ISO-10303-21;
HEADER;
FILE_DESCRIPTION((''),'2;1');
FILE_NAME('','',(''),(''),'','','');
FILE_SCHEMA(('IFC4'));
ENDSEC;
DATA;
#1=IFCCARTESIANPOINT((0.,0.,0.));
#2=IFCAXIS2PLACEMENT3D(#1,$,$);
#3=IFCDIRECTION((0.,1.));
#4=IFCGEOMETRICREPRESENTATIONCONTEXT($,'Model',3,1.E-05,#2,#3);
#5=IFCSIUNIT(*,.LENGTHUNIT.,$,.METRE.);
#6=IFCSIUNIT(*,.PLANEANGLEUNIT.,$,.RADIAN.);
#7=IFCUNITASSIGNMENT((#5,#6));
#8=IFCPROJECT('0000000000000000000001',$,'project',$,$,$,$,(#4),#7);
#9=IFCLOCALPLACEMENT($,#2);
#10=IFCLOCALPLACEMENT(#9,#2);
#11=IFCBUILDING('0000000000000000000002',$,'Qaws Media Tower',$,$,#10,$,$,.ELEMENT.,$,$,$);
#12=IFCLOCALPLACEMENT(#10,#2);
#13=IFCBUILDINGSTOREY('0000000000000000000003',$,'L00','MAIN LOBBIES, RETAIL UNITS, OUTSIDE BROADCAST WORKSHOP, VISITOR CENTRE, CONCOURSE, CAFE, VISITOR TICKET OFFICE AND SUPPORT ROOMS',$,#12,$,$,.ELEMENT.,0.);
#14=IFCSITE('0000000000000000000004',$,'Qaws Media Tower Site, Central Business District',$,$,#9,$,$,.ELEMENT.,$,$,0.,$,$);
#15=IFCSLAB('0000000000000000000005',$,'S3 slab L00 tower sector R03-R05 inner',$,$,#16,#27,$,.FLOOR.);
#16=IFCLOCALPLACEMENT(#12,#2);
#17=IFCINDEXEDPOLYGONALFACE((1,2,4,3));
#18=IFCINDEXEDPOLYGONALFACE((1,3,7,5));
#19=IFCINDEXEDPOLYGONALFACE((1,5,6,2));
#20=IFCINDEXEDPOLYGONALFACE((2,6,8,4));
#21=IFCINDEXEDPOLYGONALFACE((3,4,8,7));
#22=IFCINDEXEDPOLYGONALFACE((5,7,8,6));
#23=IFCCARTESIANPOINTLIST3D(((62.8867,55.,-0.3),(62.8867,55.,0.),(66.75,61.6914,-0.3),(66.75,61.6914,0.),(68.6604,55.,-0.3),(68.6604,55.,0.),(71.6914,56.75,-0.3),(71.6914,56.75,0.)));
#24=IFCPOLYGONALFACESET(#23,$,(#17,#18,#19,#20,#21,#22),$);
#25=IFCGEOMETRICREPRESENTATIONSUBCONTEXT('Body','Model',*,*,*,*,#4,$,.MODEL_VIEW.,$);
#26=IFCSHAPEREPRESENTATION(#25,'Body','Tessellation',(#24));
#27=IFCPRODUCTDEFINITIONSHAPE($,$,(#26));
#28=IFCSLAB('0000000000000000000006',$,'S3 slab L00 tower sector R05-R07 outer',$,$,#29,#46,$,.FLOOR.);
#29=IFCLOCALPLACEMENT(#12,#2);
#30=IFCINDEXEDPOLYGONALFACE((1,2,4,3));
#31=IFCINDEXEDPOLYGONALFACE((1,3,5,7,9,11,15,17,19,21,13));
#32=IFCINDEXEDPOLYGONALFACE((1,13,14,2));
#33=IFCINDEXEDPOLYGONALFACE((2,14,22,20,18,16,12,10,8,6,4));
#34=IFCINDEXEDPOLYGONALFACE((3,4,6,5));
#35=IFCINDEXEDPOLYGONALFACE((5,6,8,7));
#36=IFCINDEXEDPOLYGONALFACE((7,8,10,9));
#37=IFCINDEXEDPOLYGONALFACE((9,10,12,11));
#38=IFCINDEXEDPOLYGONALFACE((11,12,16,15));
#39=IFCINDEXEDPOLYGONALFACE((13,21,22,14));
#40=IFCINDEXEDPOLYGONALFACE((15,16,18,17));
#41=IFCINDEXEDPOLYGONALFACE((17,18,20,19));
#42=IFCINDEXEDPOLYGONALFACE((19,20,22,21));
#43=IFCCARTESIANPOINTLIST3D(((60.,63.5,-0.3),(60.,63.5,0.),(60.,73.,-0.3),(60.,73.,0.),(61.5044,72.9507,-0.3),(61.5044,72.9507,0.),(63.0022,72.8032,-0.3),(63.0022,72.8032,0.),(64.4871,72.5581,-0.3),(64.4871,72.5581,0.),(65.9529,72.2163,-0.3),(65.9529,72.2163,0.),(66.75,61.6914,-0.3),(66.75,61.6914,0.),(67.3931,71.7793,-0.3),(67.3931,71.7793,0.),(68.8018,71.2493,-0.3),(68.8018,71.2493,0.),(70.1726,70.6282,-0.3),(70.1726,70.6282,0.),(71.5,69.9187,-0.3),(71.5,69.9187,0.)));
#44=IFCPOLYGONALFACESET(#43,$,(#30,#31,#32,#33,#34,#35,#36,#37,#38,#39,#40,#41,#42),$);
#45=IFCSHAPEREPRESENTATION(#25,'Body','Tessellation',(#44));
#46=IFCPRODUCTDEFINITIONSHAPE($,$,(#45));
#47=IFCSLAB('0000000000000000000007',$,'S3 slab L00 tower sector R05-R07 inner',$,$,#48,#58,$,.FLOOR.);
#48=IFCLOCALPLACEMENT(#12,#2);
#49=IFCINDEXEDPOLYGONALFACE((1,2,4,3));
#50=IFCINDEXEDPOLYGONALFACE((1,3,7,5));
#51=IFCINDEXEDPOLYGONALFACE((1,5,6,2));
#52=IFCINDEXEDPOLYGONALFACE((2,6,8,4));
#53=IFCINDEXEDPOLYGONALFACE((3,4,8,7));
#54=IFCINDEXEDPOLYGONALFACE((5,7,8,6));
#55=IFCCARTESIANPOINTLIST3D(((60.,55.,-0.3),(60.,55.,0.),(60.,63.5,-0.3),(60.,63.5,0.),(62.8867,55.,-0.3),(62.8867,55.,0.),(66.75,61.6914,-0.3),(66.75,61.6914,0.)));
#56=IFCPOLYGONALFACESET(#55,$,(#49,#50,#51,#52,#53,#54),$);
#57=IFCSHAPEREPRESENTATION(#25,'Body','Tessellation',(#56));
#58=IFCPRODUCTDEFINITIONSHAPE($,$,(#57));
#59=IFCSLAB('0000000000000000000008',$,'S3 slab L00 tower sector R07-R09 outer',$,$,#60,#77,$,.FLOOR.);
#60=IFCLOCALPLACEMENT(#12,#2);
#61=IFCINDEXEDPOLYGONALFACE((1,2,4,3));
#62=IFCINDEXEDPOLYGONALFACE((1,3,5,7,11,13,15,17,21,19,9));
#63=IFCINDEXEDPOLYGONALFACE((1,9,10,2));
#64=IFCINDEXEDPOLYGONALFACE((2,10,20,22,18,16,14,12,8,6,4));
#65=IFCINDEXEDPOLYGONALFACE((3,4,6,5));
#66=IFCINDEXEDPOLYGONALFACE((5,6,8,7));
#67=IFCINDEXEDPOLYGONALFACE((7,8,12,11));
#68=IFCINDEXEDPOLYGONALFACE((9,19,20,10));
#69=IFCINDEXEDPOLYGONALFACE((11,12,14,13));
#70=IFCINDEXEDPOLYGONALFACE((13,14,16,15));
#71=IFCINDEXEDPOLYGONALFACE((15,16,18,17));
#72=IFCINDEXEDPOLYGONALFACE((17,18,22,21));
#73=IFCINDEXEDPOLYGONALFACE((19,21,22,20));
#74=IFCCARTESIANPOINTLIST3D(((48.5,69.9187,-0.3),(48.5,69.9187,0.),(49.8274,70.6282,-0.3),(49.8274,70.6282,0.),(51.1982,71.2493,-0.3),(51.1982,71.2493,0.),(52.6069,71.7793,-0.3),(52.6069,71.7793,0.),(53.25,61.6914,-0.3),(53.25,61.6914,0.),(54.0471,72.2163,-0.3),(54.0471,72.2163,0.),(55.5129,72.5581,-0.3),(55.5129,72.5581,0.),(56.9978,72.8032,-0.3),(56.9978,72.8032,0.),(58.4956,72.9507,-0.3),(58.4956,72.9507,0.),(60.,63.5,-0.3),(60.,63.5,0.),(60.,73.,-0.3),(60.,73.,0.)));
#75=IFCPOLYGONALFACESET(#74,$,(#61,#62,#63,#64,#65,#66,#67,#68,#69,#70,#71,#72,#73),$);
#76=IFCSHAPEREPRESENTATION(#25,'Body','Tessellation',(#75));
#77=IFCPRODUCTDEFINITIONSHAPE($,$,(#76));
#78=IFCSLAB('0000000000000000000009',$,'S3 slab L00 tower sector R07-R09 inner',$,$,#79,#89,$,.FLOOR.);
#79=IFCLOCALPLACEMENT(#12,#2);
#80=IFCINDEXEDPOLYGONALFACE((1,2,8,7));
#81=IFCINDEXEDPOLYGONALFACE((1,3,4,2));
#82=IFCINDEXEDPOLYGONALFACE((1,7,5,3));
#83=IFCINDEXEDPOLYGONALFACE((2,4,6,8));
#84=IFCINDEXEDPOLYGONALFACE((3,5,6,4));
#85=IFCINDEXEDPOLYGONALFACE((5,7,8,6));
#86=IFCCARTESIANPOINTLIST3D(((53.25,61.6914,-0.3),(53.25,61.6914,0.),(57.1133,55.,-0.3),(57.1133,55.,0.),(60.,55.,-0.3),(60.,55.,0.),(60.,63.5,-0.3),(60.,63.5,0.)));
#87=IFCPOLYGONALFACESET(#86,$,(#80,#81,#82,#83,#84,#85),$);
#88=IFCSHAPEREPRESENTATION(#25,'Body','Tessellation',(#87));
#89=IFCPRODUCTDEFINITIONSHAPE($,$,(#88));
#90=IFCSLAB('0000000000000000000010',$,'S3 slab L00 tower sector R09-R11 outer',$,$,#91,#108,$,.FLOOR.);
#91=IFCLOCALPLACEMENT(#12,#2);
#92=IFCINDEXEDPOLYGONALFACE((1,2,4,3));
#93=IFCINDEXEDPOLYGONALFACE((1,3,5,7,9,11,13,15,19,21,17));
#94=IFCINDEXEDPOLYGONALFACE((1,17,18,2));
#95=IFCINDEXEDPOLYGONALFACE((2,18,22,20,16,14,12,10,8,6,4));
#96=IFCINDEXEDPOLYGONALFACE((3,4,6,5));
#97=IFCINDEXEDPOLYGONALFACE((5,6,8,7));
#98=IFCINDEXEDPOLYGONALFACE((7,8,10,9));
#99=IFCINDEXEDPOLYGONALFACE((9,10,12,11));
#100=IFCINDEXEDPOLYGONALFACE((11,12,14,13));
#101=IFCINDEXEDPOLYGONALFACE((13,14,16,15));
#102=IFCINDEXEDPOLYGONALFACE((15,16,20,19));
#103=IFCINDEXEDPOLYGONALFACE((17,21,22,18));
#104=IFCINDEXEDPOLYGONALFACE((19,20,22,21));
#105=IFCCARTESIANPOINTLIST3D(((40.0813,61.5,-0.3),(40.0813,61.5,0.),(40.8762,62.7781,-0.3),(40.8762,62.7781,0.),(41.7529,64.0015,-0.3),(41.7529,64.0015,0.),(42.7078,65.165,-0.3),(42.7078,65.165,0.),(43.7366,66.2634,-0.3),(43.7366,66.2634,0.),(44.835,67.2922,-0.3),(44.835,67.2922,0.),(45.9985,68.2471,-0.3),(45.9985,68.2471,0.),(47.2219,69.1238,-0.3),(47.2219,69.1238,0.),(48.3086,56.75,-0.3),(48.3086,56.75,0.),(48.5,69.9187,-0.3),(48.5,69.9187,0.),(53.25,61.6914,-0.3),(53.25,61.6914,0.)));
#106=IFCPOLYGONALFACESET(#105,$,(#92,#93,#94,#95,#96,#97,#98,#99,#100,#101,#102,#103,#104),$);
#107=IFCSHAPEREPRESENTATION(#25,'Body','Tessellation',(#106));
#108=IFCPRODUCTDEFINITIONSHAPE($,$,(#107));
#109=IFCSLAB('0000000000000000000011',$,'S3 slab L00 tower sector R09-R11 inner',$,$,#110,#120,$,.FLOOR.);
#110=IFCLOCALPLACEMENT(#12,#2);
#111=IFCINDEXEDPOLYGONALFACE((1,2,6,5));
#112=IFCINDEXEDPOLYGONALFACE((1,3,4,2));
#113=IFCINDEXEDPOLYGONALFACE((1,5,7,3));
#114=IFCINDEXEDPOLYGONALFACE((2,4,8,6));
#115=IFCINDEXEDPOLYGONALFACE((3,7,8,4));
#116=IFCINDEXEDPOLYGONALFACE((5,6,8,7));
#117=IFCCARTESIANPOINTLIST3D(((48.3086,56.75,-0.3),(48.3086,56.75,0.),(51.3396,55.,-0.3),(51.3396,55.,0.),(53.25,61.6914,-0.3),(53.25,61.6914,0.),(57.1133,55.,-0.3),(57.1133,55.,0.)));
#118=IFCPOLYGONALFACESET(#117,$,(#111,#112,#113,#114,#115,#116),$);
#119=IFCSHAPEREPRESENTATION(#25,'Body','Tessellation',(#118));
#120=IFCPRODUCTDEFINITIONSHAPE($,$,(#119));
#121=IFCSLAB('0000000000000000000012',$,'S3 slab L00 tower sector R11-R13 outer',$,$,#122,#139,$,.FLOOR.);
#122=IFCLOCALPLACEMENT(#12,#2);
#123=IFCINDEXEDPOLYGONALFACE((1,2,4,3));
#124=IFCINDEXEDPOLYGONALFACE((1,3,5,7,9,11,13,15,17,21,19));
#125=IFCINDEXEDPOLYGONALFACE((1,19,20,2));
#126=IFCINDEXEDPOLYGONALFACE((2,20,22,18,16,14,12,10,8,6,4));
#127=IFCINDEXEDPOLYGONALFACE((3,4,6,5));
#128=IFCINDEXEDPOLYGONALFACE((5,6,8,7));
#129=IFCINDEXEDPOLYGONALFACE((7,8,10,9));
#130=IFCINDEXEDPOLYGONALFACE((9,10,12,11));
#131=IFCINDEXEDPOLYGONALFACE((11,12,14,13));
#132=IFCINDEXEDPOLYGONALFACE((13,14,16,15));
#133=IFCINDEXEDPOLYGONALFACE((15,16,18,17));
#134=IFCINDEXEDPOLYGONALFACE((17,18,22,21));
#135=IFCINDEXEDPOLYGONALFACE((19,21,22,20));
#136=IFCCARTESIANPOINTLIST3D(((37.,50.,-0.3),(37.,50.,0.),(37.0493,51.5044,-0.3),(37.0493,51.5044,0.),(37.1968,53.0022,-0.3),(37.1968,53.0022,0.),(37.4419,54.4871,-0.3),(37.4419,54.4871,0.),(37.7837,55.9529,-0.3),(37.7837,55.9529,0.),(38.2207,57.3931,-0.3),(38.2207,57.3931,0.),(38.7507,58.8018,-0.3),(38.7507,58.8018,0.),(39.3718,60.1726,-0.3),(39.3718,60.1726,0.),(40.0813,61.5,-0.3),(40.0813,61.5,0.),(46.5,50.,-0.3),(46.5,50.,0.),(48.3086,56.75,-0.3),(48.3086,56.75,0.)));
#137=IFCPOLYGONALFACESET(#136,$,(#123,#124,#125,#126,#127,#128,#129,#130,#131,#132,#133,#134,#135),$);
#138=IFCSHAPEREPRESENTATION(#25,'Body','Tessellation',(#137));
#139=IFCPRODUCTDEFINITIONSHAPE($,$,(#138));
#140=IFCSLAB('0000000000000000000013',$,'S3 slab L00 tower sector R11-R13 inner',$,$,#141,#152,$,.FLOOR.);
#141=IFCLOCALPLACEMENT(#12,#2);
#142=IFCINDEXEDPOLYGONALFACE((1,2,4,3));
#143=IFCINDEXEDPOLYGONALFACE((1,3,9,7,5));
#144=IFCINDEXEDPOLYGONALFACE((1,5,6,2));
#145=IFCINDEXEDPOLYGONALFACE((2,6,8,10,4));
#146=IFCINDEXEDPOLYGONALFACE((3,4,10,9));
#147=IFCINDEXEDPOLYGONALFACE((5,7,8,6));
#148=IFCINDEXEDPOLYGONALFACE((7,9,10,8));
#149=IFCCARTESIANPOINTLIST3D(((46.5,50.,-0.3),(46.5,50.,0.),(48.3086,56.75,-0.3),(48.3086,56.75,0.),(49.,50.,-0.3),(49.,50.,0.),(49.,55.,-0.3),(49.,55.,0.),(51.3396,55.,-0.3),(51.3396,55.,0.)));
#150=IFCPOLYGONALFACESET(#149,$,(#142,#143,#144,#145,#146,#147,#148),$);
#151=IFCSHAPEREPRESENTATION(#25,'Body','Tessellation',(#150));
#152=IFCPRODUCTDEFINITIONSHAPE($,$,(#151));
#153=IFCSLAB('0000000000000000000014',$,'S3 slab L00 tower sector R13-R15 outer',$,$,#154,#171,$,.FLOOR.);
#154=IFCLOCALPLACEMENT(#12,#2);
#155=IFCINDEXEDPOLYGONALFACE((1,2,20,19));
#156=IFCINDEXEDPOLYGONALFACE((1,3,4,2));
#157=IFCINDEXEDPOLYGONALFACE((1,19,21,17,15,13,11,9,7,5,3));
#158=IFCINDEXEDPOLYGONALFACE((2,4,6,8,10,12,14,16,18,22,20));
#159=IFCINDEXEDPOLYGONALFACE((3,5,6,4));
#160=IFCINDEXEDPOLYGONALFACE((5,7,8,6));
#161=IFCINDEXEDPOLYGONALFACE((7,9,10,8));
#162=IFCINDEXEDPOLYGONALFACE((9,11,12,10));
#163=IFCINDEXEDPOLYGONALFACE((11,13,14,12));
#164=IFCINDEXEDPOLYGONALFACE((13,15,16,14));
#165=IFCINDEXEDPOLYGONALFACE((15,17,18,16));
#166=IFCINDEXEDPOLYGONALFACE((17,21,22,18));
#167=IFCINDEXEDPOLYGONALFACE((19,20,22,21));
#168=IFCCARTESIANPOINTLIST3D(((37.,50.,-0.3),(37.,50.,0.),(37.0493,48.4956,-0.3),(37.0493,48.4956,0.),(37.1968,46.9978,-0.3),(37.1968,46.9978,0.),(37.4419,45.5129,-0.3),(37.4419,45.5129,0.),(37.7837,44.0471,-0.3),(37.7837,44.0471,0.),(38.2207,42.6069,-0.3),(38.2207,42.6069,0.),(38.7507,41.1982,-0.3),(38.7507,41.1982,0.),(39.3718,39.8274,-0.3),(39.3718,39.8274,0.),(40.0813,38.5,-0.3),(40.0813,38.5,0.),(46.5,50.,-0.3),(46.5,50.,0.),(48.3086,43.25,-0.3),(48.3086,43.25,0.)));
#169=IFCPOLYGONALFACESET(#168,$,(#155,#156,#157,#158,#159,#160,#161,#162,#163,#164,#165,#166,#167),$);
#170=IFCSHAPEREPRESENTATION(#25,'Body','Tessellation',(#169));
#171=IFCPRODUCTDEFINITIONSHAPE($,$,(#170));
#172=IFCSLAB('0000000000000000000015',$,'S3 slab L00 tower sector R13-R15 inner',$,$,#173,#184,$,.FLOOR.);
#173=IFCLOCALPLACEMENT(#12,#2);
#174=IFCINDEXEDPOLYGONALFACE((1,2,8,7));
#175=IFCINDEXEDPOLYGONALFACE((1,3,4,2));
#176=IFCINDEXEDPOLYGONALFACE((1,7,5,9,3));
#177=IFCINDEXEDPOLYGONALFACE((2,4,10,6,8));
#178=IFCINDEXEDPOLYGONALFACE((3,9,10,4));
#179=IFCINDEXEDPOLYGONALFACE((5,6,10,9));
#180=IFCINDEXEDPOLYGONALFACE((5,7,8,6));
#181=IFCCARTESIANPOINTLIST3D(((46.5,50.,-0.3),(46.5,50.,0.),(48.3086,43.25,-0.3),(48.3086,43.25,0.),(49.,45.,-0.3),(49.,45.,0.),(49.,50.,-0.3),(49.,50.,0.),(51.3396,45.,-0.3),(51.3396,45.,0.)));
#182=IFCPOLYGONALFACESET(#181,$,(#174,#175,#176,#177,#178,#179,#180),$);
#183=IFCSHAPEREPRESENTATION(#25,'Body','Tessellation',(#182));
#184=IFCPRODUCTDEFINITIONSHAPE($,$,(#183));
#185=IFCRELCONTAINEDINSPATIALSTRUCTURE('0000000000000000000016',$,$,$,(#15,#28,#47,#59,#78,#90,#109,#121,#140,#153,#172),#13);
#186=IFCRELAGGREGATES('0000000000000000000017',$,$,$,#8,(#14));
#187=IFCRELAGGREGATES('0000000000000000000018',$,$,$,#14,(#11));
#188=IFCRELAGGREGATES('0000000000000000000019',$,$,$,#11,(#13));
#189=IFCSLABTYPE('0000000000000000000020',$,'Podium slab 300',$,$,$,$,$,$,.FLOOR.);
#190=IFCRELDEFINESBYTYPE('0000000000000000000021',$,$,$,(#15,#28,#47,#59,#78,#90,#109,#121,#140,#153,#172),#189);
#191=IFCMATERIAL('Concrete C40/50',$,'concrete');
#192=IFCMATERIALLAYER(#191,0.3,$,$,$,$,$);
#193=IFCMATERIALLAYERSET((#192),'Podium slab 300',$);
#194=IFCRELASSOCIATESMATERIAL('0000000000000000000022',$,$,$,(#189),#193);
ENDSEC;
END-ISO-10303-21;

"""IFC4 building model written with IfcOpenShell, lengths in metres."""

from ifc_helpers import new_model, si_unit, direction, frame, origin, place, context, subcontext, project, spatial, polyline, outline, extrude, material, layer, layer_set, type_object, element, save


model = new_model("IFC4")

# Units and contexts
model_context = context("Model", 3, precision=1e-05, world=origin(), true_north=direction((0.0, 1.0)))
body_context = subcontext(model_context, "Body", "Model", "MODEL_VIEW")
ifc_project = project(units=[si_unit("LENGTHUNIT", "METRE"), si_unit("PLANEANGLEUNIT", "RADIAN")], contexts=[model_context])

# Site, building, storey
site_placement = place(None, origin())
site = spatial("IfcSite", under=ifc_project, at=site_placement, Name="Qaws Media Tower Site, Central Business District", CompositionType="ELEMENT", RefElevation=0.0)
building_placement = place(site_placement, origin())
building = spatial("IfcBuilding", under=site, at=building_placement, Name="Qaws Media Tower", CompositionType="ELEMENT")
storey_placement = place(building_placement, origin())
storey = spatial("IfcBuildingStorey", under=building, at=storey_placement, Name="L00", Description="MAIN LOBBIES, RETAIL UNITS, OUTSIDE BROADCAST WORKSHOP, VISITOR CENTRE, CONCOURSE, CAFE, VISITOR TICKET OFFICE AND SUPPORT ROOMS", CompositionType="ELEMENT", Elevation=0.0)

# Slabs
ifc_material_1 = material(Name="Concrete C40/50", Category="concrete")
ifc_layer_1 = layer(ifc_material_1, 0.3)
ifc_layer_set_1 = layer_set([ifc_layer_1], Name="Podium slab 300")
slab_type = type_object("IfcSlabType", Name="Podium slab 300", PredefinedType="FLOOR", material=ifc_layer_set_1)
slab_1_placement = place(storey_placement, frame((0.0, 0.0, -0.3)))
element("IfcSlab", 1, at=slab_1_placement, inside=storey, type_object=slab_type, Name="S3 slab L00 tower sector R03-R05 inner", PredefinedType="FLOOR", context=body_context, shape_type="SweptSolid", body=[
    extrude(outline(polyline([(68.6604, 55.0), (62.8867, 55.0), (66.75, 61.6914), (71.6914, 56.75), (68.6604, 55.0)])), origin(), (0.0, 0.0, 1.0), 0.3),
])
slab_2_placement = place(storey_placement, frame((0.0, 0.0, -0.3)))
element("IfcSlab", 2, at=slab_2_placement, inside=storey, type_object=slab_type, Name="S3 slab L00 tower sector R05-R07 outer", PredefinedType="FLOOR", context=body_context, shape_type="SweptSolid", body=[
    extrude(outline(polyline([(68.8018, 71.2493), (70.1726, 70.6282), (71.5, 69.9187), (66.75, 61.6914), (60.0, 63.5), (60.0, 73.0), (61.5044, 72.9507), (63.0022, 72.8032), (64.4871, 72.5581), (65.9529, 72.2163), (67.3931, 71.7793), (68.8018, 71.2493)])), origin(), (0.0, 0.0, 1.0), 0.3),
])
slab_3_placement = place(storey_placement, frame((0.0, 0.0, -0.3)))
element("IfcSlab", 3, at=slab_3_placement, inside=storey, type_object=slab_type, Name="S3 slab L00 tower sector R05-R07 inner", PredefinedType="FLOOR", context=body_context, shape_type="SweptSolid", body=[
    extrude(outline(polyline([(62.8867, 55.0), (60.0, 55.0), (60.0, 63.5), (66.75, 61.6914), (62.8867, 55.0)])), origin(), (0.0, 0.0, 1.0), 0.3),
])
slab_4_placement = place(storey_placement, frame((0.0, 0.0, -0.3)))
element("IfcSlab", 4, at=slab_4_placement, inside=storey, type_object=slab_type, Name="S3 slab L00 tower sector R07-R09 outer", PredefinedType="FLOOR", context=body_context, shape_type="SweptSolid", body=[
    extrude(outline(polyline([(56.9978, 72.8032), (58.4956, 72.9507), (60.0, 73.0), (60.0, 63.5), (53.25, 61.6914), (48.5, 69.9187), (49.8274, 70.6282), (51.1982, 71.2493), (52.6069, 71.7793), (54.0471, 72.2163), (55.5129, 72.5581), (56.9978, 72.8032)])), origin(), (0.0, 0.0, 1.0), 0.3),
])
slab_5_placement = place(storey_placement, frame((0.0, 0.0, -0.3)))
element("IfcSlab", 5, at=slab_5_placement, inside=storey, type_object=slab_type, Name="S3 slab L00 tower sector R07-R09 inner", PredefinedType="FLOOR", context=body_context, shape_type="SweptSolid", body=[
    extrude(outline(polyline([(60.0, 55.0), (57.1133, 55.0), (53.25, 61.6914), (60.0, 63.5), (60.0, 55.0)])), origin(), (0.0, 0.0, 1.0), 0.3),
])
slab_6_placement = place(storey_placement, frame((0.0, 0.0, -0.3)))
element("IfcSlab", 6, at=slab_6_placement, inside=storey, type_object=slab_type, Name="S3 slab L00 tower sector R09-R11 outer", PredefinedType="FLOOR", context=body_context, shape_type="SweptSolid", body=[
    extrude(outline(polyline([(45.9985, 68.2471), (47.2219, 69.1238), (48.5, 69.9187), (53.25, 61.6914), (48.3086, 56.75), (40.0813, 61.5), (40.8762, 62.7781), (41.7529, 64.0015), (42.7078, 65.165), (43.7366, 66.2634), (44.835, 67.2922), (45.9985, 68.2471)])), origin(), (0.0, 0.0, 1.0), 0.3),
])
slab_7_placement = place(storey_placement, frame((0.0, 0.0, -0.3)))
element("IfcSlab", 7, at=slab_7_placement, inside=storey, type_object=slab_type, Name="S3 slab L00 tower sector R09-R11 inner", PredefinedType="FLOOR", context=body_context, shape_type="SweptSolid", body=[
    extrude(outline(polyline([(57.1133, 55.0), (51.3396, 55.0), (48.3086, 56.75), (53.25, 61.6914), (57.1133, 55.0)])), origin(), (0.0, 0.0, 1.0), 0.3),
])
slab_8_placement = place(storey_placement, frame((0.0, 0.0, -0.3)))
element("IfcSlab", 8, at=slab_8_placement, inside=storey, type_object=slab_type, Name="S3 slab L00 tower sector R11-R13 outer", PredefinedType="FLOOR", context=body_context, shape_type="SweptSolid", body=[
    extrude(outline(polyline([(38.7507, 58.8018), (39.3718, 60.1726), (40.0813, 61.5), (48.3086, 56.75), (46.5, 50.0), (37.0, 50.0), (37.0493, 51.5044), (37.1968, 53.0022), (37.4419, 54.4871), (37.7837, 55.9529), (38.2207, 57.3931), (38.7507, 58.8018)])), origin(), (0.0, 0.0, 1.0), 0.3),
])
slab_9_placement = place(storey_placement, frame((0.0, 0.0, -0.3)))
element("IfcSlab", 9, at=slab_9_placement, inside=storey, type_object=slab_type, Name="S3 slab L00 tower sector R11-R13 inner", PredefinedType="FLOOR", context=body_context, shape_type="SweptSolid", body=[
    extrude(outline(polyline([(51.3396, 55.0), (49.0, 55.0), (49.0, 50.0), (46.5, 50.0), (48.3086, 56.75), (51.3396, 55.0)])), origin(), (0.0, 0.0, 1.0), 0.3),
])
slab_10_placement = place(storey_placement, frame((0.0, 0.0, -0.3)))
element("IfcSlab", 10, at=slab_10_placement, inside=storey, type_object=slab_type, Name="S3 slab L00 tower sector R13-R15 outer", PredefinedType="FLOOR", context=body_context, shape_type="SweptSolid", body=[
    extrude(outline(polyline([(37.1968, 46.9978), (37.0493, 48.4956), (37.0, 50.0), (46.5, 50.0), (48.3086, 43.25), (40.0813, 38.5), (39.3718, 39.8274), (38.7507, 41.1982), (38.2207, 42.6069), (37.7837, 44.0471), (37.4419, 45.5129), (37.1968, 46.9978)])), origin(), (0.0, 0.0, 1.0), 0.3),
])
slab_11_placement = place(storey_placement, frame((0.0, 0.0, -0.3)))
element("IfcSlab", 11, at=slab_11_placement, inside=storey, type_object=slab_type, Name="S3 slab L00 tower sector R13-R15 inner", PredefinedType="FLOOR", context=body_context, shape_type="SweptSolid", body=[
    extrude(outline(polyline([(49.0, 50.0), (49.0, 45.0), (51.3396, 45.0), (48.3086, 43.25), (46.5, 50.0), (49.0, 50.0)])), origin(), (0.0, 0.0, 1.0), 0.3),
])

save(model, "model.ifc")
